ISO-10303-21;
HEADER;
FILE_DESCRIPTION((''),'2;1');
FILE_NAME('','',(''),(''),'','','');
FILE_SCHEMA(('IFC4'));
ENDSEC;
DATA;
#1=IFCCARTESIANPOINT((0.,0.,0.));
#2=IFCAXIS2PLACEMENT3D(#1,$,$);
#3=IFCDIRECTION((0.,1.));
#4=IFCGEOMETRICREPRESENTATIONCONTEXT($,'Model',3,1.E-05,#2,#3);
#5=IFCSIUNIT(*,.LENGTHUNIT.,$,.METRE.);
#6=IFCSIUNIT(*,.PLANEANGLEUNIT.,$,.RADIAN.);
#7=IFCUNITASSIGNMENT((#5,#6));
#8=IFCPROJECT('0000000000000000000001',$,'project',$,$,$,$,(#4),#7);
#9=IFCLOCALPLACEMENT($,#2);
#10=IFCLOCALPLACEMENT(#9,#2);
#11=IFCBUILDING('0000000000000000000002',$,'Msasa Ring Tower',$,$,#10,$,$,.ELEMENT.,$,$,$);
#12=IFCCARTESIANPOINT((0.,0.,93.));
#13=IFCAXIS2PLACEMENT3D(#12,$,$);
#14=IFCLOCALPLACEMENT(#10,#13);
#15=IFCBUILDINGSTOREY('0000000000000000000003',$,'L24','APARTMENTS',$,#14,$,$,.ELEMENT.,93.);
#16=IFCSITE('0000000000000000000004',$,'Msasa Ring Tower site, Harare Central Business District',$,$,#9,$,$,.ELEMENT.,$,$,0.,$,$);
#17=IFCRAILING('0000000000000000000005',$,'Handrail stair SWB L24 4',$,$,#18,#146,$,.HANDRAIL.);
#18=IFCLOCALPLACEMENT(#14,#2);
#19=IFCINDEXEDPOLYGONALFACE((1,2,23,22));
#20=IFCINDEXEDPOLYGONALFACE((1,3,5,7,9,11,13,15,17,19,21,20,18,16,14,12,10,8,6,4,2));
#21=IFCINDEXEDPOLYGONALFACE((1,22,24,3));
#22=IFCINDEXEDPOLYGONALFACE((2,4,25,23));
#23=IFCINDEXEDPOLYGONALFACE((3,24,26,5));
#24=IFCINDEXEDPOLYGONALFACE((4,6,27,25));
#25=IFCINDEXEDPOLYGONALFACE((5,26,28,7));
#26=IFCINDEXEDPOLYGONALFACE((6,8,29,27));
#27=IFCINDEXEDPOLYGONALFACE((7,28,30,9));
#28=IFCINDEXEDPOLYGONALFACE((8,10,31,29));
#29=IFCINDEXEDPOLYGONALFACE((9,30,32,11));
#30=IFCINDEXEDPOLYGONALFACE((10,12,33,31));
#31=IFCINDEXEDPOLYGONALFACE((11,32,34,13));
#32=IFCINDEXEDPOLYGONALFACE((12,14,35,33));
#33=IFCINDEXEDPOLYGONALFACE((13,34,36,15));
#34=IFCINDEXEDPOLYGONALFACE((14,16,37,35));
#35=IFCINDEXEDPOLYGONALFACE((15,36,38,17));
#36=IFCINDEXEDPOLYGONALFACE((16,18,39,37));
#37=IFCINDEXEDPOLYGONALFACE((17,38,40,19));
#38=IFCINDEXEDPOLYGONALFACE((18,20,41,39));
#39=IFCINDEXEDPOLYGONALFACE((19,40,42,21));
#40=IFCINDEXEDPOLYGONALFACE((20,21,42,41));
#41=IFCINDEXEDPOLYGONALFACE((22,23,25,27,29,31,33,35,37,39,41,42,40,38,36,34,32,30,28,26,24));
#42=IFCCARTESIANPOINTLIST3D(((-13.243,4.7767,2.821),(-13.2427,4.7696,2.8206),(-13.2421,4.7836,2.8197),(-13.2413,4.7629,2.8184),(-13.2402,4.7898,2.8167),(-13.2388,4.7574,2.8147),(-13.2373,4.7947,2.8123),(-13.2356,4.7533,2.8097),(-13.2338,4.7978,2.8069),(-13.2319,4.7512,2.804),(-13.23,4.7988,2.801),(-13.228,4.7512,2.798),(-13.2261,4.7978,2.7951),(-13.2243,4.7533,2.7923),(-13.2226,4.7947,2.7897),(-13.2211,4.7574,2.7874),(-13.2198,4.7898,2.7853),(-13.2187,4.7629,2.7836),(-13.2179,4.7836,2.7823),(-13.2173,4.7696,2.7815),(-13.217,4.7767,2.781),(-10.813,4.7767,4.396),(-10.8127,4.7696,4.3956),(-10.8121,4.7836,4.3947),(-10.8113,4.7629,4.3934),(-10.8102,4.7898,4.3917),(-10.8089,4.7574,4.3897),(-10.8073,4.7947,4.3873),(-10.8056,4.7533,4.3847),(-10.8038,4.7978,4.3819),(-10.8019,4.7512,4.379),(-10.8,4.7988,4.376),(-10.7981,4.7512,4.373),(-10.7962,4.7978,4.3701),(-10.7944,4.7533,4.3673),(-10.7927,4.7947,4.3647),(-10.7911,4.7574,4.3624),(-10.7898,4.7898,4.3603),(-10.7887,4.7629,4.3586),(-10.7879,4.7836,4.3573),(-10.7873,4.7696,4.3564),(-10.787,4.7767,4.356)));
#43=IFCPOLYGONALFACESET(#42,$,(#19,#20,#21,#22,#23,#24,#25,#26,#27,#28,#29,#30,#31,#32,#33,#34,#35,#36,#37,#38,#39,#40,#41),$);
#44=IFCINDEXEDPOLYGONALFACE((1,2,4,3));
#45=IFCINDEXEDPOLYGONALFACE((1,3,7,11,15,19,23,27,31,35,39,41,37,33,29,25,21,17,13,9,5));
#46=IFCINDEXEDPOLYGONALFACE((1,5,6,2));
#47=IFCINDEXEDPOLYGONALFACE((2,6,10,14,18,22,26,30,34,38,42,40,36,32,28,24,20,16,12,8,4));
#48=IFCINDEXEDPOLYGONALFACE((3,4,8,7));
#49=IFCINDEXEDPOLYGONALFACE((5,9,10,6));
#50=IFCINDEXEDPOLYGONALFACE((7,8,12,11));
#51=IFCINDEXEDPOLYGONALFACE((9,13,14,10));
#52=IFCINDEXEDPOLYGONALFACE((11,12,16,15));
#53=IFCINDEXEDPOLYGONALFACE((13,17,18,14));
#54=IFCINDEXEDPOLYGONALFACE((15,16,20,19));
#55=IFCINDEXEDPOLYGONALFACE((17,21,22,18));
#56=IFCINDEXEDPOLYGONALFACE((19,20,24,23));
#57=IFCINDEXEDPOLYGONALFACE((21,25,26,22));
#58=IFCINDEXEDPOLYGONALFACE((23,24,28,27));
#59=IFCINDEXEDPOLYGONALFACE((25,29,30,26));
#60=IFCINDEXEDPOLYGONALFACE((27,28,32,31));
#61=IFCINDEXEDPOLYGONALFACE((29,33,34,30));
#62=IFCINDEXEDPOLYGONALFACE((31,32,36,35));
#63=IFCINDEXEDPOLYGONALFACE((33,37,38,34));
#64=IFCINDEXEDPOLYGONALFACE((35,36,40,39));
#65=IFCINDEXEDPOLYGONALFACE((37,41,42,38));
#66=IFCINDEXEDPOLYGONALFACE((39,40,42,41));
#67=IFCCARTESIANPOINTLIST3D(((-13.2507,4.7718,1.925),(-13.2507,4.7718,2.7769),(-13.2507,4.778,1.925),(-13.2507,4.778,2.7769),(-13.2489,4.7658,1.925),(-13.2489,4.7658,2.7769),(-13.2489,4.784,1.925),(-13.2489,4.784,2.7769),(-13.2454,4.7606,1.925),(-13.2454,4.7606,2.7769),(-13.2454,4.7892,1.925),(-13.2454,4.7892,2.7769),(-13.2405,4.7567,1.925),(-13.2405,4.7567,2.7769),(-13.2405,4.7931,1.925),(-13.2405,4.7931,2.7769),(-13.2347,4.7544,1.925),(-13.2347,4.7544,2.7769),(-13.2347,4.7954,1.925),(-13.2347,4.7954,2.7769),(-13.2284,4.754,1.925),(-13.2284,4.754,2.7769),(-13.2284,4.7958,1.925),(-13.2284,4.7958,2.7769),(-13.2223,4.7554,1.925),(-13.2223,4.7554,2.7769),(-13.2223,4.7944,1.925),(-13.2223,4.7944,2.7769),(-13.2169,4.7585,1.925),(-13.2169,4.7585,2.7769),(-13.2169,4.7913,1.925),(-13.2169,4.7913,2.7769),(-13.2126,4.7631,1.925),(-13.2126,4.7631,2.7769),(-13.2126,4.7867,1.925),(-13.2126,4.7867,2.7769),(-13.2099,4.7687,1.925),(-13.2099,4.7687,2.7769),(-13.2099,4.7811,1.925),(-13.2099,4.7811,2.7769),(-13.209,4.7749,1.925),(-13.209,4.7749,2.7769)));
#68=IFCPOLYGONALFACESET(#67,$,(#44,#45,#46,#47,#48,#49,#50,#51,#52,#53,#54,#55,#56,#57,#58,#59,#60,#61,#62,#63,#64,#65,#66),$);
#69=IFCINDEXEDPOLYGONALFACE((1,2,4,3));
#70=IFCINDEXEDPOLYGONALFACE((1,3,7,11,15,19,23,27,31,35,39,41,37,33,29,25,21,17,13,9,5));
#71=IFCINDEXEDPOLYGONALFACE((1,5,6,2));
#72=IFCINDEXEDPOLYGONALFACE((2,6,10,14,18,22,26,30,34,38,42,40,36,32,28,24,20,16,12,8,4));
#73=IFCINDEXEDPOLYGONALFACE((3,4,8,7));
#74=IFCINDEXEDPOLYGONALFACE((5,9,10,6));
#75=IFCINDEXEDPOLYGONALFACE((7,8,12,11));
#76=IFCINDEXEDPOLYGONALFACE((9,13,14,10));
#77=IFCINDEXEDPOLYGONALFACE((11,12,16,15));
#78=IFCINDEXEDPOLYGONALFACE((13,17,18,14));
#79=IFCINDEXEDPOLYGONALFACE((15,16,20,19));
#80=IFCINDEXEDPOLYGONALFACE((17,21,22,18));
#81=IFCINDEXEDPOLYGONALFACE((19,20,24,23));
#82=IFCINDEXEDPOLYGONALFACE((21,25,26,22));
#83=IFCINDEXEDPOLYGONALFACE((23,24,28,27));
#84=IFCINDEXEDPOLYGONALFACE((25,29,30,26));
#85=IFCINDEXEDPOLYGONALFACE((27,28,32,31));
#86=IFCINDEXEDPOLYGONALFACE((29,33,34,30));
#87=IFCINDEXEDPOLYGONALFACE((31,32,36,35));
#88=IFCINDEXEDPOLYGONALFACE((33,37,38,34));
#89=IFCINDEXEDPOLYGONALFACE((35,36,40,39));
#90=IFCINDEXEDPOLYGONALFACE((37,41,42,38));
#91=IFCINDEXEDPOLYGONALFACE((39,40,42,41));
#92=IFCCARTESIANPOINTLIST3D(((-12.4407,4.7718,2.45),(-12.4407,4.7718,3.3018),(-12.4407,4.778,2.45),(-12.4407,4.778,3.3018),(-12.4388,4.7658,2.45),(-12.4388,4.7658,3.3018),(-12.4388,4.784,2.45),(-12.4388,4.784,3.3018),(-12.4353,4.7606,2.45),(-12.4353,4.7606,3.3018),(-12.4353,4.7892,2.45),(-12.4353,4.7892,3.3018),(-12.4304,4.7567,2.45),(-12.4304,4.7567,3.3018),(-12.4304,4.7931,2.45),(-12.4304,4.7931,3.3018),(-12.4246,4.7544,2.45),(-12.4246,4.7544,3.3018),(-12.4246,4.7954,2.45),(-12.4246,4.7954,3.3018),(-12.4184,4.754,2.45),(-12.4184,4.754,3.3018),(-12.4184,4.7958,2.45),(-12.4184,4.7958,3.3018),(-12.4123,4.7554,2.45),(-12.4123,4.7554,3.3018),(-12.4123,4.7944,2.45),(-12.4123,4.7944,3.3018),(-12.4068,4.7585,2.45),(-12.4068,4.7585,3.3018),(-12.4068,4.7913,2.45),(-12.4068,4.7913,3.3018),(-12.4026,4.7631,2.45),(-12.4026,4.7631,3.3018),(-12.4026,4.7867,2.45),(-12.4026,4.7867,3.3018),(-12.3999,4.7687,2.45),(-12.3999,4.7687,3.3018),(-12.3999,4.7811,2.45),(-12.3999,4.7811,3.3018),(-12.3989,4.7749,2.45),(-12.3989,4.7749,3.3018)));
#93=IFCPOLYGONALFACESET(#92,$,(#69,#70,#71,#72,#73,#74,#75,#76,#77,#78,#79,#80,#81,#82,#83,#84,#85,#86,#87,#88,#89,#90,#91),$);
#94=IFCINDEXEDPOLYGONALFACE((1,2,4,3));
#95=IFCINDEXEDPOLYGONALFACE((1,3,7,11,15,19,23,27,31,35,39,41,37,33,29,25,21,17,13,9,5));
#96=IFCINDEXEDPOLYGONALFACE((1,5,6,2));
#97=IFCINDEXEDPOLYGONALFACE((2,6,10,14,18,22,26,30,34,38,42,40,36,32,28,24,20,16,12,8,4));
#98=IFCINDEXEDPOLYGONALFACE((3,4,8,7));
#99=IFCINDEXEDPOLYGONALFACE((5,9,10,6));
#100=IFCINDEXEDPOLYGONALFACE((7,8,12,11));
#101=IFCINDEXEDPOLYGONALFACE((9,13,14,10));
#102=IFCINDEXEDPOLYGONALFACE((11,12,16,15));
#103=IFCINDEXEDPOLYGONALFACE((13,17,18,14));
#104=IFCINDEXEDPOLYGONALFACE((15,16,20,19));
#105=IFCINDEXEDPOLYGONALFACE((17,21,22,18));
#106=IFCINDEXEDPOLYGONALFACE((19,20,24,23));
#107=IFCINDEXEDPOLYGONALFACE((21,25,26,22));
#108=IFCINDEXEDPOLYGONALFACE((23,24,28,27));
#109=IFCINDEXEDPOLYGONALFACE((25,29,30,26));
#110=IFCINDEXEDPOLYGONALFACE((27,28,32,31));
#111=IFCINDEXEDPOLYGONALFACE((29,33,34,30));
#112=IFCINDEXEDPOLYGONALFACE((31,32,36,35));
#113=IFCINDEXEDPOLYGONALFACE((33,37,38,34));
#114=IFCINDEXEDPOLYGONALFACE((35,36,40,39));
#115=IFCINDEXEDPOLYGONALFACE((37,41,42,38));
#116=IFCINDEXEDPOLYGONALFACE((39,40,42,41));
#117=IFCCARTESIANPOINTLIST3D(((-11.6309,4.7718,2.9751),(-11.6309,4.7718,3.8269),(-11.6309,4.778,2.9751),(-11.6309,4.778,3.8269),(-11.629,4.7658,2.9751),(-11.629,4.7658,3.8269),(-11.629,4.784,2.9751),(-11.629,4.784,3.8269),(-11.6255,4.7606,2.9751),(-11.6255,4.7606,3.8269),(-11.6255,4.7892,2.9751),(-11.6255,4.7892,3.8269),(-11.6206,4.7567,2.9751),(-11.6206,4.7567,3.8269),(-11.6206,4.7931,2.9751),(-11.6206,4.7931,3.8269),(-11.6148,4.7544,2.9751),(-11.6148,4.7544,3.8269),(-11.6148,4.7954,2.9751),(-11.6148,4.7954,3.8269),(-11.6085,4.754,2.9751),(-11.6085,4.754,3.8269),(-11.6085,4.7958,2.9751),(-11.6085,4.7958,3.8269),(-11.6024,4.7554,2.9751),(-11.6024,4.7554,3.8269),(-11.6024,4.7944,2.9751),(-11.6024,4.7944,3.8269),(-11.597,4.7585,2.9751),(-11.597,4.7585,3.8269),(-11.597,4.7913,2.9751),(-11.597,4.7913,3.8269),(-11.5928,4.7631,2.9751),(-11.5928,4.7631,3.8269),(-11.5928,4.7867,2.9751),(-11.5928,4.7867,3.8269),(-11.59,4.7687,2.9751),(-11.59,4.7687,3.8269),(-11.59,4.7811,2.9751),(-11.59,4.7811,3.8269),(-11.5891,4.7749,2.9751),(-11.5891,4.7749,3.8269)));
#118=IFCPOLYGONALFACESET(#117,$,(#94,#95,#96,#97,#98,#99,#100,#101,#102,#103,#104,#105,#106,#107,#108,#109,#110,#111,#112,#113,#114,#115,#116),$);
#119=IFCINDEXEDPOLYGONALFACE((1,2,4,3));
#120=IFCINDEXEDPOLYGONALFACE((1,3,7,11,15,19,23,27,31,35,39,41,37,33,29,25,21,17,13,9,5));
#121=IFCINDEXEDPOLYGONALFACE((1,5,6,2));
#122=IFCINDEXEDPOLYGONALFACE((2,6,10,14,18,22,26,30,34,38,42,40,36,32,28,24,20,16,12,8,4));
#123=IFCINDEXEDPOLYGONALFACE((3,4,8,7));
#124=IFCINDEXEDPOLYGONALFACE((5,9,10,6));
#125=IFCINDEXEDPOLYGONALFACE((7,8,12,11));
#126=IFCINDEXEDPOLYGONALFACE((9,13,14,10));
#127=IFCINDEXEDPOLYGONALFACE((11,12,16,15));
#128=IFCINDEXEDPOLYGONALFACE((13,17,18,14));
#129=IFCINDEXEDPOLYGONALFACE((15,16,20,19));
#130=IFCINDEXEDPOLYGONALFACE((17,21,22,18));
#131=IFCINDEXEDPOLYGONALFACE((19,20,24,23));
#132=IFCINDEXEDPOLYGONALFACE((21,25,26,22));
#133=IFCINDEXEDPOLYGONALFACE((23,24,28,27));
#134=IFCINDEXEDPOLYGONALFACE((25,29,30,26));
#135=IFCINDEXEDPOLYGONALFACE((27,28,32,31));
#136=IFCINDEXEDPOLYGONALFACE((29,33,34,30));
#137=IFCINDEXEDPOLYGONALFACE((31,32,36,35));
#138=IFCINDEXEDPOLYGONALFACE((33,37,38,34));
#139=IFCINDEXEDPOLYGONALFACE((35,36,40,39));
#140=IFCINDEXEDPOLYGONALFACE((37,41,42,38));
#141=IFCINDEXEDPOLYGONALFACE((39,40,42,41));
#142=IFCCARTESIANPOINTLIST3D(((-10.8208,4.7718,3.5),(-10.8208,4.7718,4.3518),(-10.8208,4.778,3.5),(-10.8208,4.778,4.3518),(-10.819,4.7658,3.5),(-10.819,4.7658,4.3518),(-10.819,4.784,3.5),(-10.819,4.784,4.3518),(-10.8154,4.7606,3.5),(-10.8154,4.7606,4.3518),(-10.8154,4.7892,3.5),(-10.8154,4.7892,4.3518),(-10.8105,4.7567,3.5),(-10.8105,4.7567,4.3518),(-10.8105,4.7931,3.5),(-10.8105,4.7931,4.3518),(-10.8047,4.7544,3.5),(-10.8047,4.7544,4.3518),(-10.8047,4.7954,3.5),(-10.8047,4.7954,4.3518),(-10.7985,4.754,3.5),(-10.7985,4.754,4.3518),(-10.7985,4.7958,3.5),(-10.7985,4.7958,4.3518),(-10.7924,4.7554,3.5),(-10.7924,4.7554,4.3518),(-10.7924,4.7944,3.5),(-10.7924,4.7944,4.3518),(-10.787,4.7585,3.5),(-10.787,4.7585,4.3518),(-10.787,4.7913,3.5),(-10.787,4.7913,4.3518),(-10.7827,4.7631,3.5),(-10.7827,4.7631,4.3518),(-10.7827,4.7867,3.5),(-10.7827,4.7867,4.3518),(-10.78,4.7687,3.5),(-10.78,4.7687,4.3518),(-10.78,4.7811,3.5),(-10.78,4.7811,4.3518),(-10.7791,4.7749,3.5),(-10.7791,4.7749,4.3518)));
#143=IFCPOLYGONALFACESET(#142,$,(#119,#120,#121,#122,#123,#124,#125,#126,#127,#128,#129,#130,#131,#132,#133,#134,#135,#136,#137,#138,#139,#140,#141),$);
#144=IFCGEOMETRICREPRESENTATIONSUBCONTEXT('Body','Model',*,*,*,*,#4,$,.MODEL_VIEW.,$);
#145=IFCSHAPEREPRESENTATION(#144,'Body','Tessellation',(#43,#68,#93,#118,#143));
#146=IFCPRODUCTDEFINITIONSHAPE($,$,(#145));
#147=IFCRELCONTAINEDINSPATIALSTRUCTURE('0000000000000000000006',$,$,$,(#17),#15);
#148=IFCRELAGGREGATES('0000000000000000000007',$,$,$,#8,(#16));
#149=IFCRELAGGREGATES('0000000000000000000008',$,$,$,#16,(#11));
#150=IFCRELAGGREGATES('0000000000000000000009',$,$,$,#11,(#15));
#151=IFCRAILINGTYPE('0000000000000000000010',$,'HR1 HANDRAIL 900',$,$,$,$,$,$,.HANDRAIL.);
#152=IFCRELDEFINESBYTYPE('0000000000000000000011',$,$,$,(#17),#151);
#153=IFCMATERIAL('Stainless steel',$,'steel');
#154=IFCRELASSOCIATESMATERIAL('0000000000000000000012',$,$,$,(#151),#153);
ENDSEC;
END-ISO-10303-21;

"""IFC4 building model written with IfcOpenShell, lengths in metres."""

from ifc_helpers import new_model, si_unit, direction, frame, origin, origin_2d, place, context, subcontext, project, spatial, circle, extrude, material, type_object, element, save


model = new_model("IFC4")

# Units and contexts
model_context = context("Model", 3, precision=1e-05, world=origin(), true_north=direction((0.0, 1.0)))
body_context = subcontext(model_context, "Body", "Model", "MODEL_VIEW")
ifc_project = project(units=[si_unit("LENGTHUNIT", "METRE"), si_unit("PLANEANGLEUNIT", "RADIAN")], contexts=[model_context])

# Site, building, storey
site_placement = place(None, origin())
site = spatial("IfcSite", under=ifc_project, at=site_placement, Name="Msasa Ring Tower site, Harare Central Business District", CompositionType="ELEMENT", RefElevation=0.0)
building_placement = place(site_placement, origin())
building = spatial("IfcBuilding", under=site, at=building_placement, Name="Msasa Ring Tower", CompositionType="ELEMENT")
storey_placement = place(building_placement, frame((0.0, 0.0, 93.0)))
storey = spatial("IfcBuildingStorey", under=building, at=storey_placement, Name="L24", Description="APARTMENTS", CompositionType="ELEMENT", Elevation=93.0)

# Railing
ifc_material_1 = material(Name="Stainless steel", Category="steel")
railing_type = type_object("IfcRailingType", Name="HR1 HANDRAIL 900", PredefinedType="HANDRAIL", material=ifc_material_1)
for number, where, name in (
    (1, (-13.23, 4.7749, 1.925), "Handrail stair SWB L24 4"),
):
    element("IfcRailing", number, at=place(storey_placement, frame(where)), inside=storey, type_object=railing_type, Name=name, PredefinedType="HANDRAIL", context=body_context, shape_type="SweptSolid", body=[
        extrude(circle(Radius=0.0239, at=origin_2d()), frame((0.0, 0.0, 0.876), z_axis=(0.839154, 0.0, 0.543894), x_axis=(0.0, 1.0, 0.0)), (0.0, 0.0, 1.0), 2.8958),
        extrude(circle(Radius=0.021, at=origin_2d()), origin(), (0.0, 0.0, 1.0), 0.8518),
        extrude(circle(Radius=0.021, at=origin_2d()), frame((0.8101, 0.0, 0.5249)), (0.0, 0.0, 1.0), 0.8518),
        extrude(circle(Radius=0.021, at=origin_2d()), frame((1.6199, 0.0, 1.05)), (0.0, 0.0, 1.0), 0.8518),
        extrude(circle(Radius=0.021, at=origin_2d()), frame((2.4299, 0.0, 1.575)), (0.0, 0.0, 1.0), 0.8518),
    ])

save(model, "model.ifc")
